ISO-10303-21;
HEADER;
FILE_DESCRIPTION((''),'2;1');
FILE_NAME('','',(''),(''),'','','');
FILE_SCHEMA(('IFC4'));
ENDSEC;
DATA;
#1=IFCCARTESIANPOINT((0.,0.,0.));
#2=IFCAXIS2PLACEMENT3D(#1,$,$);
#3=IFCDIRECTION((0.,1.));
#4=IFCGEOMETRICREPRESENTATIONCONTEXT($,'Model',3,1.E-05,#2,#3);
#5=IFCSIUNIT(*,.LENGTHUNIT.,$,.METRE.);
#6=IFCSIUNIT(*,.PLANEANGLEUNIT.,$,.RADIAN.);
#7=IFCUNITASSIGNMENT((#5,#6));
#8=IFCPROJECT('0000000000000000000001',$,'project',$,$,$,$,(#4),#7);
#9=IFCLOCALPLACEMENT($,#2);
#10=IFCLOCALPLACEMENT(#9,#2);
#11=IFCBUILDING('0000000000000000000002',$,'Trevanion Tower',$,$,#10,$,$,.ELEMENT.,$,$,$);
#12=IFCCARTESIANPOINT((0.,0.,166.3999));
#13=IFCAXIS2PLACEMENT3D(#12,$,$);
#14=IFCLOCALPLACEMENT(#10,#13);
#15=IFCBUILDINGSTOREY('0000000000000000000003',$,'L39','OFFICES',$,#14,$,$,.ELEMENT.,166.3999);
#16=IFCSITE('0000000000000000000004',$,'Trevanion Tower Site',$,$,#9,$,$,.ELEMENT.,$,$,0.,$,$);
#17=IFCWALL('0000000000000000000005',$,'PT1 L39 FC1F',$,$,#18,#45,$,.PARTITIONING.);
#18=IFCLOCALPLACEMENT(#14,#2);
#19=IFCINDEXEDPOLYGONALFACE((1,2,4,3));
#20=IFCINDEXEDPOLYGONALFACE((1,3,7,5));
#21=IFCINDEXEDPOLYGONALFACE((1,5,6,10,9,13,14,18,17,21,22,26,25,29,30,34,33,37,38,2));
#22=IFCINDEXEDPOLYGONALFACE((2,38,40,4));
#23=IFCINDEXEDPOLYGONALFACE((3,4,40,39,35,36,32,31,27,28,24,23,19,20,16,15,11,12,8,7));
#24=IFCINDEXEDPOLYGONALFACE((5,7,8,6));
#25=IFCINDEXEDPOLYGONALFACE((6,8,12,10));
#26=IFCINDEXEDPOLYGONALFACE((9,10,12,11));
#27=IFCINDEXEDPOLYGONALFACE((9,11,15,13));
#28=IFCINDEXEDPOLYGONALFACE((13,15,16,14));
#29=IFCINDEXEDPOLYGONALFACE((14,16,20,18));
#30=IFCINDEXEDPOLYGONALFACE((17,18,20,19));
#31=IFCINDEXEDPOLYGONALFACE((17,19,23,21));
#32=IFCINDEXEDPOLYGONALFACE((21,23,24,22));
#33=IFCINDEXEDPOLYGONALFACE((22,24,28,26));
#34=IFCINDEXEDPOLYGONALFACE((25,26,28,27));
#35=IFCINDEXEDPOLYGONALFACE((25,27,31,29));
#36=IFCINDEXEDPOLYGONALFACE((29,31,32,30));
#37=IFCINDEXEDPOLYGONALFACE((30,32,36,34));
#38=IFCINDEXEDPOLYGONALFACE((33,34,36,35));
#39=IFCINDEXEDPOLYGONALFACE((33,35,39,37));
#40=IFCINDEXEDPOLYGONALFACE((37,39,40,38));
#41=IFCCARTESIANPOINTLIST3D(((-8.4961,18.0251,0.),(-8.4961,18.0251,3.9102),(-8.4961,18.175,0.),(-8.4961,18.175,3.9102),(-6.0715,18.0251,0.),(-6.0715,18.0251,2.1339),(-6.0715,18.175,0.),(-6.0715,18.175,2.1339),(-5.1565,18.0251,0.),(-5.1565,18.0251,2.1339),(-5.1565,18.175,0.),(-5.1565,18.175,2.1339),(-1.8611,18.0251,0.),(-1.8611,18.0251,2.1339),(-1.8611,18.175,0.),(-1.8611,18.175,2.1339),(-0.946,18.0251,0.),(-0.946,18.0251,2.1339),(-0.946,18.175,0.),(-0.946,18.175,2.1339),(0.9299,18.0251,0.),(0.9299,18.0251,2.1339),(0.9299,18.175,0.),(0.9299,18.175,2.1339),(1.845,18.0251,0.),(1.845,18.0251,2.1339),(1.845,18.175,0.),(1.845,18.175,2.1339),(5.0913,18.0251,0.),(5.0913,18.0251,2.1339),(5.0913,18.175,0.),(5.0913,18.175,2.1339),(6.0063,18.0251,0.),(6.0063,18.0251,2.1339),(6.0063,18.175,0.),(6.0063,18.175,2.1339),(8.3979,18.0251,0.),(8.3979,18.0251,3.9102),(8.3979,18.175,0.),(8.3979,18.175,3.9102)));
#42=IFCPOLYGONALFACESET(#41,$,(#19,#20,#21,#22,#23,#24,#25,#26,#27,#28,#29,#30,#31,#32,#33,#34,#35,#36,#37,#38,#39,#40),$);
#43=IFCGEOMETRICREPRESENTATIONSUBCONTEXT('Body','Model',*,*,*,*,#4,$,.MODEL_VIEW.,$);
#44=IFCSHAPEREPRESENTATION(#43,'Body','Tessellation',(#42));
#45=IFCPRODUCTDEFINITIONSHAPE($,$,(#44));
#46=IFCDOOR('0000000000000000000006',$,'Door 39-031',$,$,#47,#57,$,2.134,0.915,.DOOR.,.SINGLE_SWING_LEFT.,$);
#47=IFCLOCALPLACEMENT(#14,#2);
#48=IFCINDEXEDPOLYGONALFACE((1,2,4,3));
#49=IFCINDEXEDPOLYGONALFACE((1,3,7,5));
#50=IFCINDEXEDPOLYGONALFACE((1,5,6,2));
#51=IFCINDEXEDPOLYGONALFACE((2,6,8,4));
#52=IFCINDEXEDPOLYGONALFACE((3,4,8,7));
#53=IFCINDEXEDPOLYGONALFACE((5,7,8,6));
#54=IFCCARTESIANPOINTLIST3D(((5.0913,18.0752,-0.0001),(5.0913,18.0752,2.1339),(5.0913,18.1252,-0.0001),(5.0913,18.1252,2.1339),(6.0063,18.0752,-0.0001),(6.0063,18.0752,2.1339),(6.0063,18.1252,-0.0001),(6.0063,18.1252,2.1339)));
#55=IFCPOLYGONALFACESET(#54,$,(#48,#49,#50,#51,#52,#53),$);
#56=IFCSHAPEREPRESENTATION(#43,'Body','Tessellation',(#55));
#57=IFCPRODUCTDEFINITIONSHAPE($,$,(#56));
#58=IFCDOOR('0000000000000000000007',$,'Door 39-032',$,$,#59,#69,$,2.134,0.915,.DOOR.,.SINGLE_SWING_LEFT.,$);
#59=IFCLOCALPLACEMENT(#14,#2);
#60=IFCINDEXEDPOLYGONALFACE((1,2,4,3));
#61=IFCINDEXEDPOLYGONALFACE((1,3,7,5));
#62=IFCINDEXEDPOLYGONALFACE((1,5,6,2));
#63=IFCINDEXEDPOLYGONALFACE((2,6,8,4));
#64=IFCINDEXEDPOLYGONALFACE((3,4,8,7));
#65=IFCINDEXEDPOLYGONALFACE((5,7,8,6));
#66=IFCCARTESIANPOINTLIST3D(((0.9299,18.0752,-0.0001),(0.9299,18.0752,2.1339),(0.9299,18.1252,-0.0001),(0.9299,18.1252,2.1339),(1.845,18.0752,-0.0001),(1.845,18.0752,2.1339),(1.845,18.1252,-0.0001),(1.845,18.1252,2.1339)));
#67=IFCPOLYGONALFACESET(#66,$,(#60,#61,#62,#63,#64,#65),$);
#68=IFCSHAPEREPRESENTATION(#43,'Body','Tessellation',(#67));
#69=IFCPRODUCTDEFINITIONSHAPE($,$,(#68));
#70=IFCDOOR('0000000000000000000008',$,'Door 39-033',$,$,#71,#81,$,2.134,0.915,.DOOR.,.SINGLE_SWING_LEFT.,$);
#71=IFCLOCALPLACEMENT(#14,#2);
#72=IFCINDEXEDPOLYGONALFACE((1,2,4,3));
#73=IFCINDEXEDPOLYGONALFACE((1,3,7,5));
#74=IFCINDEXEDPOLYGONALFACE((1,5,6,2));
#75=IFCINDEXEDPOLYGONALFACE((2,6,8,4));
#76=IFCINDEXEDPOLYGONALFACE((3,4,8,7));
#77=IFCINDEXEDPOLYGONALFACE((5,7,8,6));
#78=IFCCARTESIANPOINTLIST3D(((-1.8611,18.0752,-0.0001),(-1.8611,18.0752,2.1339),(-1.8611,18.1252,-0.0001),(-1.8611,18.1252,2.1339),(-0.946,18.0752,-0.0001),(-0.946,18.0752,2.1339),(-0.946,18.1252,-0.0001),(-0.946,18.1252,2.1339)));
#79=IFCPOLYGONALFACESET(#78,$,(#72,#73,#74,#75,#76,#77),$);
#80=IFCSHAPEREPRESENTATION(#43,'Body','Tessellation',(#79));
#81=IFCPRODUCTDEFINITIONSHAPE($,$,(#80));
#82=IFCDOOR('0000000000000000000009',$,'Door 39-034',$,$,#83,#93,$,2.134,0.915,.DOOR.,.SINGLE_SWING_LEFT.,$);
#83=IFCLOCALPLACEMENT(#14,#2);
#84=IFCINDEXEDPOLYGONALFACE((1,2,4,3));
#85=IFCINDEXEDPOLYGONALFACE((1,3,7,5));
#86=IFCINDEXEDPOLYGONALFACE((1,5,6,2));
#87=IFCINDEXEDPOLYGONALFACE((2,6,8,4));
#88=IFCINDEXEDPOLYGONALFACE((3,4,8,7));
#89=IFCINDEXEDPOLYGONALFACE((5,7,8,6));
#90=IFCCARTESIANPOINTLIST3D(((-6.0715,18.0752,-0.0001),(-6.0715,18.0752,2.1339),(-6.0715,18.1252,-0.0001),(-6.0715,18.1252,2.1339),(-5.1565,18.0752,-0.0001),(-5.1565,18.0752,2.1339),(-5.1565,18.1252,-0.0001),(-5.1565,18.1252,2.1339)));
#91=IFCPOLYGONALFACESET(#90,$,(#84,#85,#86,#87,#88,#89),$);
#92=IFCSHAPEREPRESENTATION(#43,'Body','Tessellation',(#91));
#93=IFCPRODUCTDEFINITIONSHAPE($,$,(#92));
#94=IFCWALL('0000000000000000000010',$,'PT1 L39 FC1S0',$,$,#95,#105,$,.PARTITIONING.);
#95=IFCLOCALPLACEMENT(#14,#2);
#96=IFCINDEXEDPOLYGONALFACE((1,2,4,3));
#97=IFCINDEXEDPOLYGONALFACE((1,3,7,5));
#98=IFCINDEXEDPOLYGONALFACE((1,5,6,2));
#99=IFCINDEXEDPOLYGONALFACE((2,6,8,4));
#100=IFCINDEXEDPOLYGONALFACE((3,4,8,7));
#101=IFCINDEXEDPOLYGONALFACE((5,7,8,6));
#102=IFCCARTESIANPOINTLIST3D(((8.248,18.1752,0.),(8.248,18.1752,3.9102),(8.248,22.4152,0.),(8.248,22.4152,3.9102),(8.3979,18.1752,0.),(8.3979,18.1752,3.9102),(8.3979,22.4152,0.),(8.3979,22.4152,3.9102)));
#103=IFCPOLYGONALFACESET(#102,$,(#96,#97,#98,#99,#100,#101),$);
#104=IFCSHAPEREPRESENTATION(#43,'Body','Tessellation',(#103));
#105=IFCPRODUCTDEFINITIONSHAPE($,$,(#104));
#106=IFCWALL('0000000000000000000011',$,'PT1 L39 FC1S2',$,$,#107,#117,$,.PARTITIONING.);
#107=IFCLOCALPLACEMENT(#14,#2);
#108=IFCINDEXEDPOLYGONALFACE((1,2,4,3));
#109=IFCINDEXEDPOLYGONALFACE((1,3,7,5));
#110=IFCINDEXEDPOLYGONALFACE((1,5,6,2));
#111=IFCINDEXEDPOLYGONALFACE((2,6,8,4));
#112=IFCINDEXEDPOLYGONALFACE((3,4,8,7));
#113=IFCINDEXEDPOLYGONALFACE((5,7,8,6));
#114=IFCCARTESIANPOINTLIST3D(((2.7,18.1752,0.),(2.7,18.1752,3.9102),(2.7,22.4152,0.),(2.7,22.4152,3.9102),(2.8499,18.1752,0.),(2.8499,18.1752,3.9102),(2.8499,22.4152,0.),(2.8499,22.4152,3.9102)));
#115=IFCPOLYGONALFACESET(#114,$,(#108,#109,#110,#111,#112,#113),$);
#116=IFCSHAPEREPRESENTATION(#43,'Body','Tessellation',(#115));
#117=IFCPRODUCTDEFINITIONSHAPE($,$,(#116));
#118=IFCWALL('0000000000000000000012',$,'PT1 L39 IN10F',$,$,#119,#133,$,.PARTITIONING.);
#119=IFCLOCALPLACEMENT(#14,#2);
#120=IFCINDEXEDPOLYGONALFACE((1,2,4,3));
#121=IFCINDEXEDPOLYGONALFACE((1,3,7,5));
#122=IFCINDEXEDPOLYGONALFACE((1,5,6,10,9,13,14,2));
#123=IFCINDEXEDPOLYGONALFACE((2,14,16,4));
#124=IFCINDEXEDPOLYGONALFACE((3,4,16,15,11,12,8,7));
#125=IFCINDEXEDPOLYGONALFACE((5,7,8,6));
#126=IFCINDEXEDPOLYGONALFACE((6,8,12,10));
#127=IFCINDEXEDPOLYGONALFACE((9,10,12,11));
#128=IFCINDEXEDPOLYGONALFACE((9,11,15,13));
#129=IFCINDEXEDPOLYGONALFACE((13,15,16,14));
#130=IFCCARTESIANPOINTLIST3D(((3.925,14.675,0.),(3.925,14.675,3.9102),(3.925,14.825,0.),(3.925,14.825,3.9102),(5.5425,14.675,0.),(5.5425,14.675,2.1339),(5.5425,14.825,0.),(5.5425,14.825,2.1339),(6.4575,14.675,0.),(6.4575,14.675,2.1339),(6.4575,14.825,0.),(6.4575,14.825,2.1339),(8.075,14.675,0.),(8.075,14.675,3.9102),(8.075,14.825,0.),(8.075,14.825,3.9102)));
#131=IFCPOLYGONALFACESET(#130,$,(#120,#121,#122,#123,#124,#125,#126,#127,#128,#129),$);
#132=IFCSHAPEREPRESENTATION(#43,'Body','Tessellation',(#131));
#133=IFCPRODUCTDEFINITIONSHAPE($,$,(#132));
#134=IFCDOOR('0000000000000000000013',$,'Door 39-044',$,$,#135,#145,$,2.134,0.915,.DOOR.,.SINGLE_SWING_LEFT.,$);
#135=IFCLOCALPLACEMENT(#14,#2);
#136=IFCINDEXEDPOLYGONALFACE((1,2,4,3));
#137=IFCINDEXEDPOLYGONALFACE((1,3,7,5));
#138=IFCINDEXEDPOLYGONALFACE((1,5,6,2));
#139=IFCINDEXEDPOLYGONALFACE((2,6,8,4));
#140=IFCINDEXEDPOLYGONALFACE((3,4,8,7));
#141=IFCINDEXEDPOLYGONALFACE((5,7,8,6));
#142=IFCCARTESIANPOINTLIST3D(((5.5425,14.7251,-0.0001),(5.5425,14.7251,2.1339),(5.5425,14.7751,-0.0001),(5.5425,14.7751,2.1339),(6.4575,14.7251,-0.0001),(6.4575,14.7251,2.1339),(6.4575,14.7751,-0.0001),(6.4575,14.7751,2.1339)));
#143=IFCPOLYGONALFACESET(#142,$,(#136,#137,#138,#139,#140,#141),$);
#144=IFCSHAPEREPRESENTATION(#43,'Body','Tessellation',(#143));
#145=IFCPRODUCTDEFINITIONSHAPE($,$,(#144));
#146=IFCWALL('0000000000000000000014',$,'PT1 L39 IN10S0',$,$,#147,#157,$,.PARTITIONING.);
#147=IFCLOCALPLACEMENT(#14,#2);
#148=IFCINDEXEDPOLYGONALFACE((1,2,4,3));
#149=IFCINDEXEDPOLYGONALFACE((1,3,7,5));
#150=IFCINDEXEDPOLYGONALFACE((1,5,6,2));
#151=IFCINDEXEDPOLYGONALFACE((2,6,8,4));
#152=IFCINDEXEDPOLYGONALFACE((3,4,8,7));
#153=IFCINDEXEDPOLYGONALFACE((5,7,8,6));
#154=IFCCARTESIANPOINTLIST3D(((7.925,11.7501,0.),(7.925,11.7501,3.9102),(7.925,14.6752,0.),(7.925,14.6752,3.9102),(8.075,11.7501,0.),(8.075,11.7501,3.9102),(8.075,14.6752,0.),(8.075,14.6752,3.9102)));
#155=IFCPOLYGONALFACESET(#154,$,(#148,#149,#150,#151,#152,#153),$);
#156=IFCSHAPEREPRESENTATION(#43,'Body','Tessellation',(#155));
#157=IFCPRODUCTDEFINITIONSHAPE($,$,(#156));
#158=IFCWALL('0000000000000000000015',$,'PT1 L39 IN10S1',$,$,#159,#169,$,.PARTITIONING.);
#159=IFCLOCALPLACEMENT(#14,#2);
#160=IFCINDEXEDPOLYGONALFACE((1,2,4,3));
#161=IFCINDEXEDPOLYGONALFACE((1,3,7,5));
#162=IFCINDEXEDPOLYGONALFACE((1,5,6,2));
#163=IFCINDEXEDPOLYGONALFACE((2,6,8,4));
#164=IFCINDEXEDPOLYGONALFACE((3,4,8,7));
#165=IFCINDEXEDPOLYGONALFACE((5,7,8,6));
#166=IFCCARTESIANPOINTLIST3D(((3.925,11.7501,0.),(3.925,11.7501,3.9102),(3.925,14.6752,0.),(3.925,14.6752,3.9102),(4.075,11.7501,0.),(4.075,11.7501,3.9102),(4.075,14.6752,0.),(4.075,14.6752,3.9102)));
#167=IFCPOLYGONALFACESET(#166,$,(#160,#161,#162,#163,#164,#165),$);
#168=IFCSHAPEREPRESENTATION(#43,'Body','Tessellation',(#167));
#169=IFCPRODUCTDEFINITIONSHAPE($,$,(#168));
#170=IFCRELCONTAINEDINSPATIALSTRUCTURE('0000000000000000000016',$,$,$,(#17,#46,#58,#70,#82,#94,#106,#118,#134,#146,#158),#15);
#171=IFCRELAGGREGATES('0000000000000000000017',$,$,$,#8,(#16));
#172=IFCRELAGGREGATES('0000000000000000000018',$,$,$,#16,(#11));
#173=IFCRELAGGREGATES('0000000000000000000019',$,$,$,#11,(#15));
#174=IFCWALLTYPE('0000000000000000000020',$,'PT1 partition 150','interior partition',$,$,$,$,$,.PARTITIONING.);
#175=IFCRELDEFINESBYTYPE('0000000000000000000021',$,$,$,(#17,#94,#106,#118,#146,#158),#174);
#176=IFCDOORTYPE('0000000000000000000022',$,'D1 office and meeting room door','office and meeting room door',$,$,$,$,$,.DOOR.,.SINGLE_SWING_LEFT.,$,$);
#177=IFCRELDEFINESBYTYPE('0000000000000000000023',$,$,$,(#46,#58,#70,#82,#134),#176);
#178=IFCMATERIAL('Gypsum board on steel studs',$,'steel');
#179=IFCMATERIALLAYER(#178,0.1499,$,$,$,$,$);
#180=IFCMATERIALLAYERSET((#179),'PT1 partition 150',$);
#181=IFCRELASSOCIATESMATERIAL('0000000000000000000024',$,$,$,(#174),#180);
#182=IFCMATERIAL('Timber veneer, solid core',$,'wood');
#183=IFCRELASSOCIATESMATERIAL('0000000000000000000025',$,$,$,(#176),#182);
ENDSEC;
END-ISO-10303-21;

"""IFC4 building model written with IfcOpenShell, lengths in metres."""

from ifc_helpers import new_model, si_unit, direction, frame, frame_2d, origin, place, context, subcontext, project, spatial, rectangle, extrude, material, layer, layer_set, type_object, element, fill, save


model = new_model("IFC4")

# Units and contexts
model_context = context("Model", 3, precision=1e-05, world=origin(), true_north=direction((0.0, 1.0)))
body_context = subcontext(model_context, "Body", "Model", "MODEL_VIEW")
ifc_project = project(units=[si_unit("LENGTHUNIT", "METRE"), si_unit("PLANEANGLEUNIT", "RADIAN")], contexts=[model_context])

# Site, building, storey
site_placement = place(None, origin())
site = spatial("IfcSite", under=ifc_project, at=site_placement, Name="Trevanion Tower Site", CompositionType="ELEMENT", RefElevation=0.0)
building_placement = place(site_placement, origin())
building = spatial("IfcBuilding", under=site, at=building_placement, Name="Trevanion Tower", CompositionType="ELEMENT")
storey_placement = place(building_placement, frame((0.0, 0.0, 166.3999)))
storey = spatial("IfcBuildingStorey", under=building, at=storey_placement, Name="L39", Description="OFFICES", CompositionType="ELEMENT", Elevation=166.3999)

# Shared definitions
ifc_material_1 = material(Name="Gypsum board on steel studs", Category="steel")
ifc_layer_1 = layer(ifc_material_1, 0.1499)
ifc_layer_set_1 = layer_set([ifc_layer_1], Name="PT1 partition 150")
wall_type = type_object("IfcWallType", Name="PT1 partition 150", Description="interior partition", PredefinedType="PARTITIONING", material=ifc_layer_set_1)
ifc_material_2 = material(Name="Timber veneer, solid core", Category="wood")
door_type = type_object("IfcDoorType", Name="D1 office and meeting room door", Description="office and meeting room door", OperationType="SINGLE_SWING_LEFT", PredefinedType="DOOR", material=ifc_material_2)

# Wall, openings, doors
wall_1_placement = place(storey_placement, frame((8.3979, 18.1001, 0.0), z_axis=(0.0, 0.0, 1.0), x_axis=(-1.0, 0.0, 0.0)))
wall_1 = element("IfcWall", 1, at=wall_1_placement, inside=storey, type_object=wall_type, Name="PT1 L39 FC1F", PredefinedType="PARTITIONING", context=body_context, shape_type="SweptSolid", body=[
    extrude(rectangle(XDim=16.894, YDim=0.1499, at=frame_2d((8.447, 0.0))), origin(), (0.0, 0.0, 1.0), 3.9102),
])
opening_1_placement = place(wall_1_placement, frame((2.3916, 0.0, 0.0)))
opening_1 = element("IfcOpeningElement", 2, at=opening_1_placement, cuts=wall_1, PredefinedType="OPENING", context=body_context, shape_type="SweptSolid", body=[
    extrude(rectangle(XDim=0.915, YDim=2.134, at=frame_2d((0.4575, 1.0669))), frame((0.0, 0.085, 0.0), z_axis=(0.0, -1.0, 0.0), x_axis=(1.0, 0.0, 0.0)), (0.0, 0.0, 1.0), 0.1699),
])
opening_2_placement = place(wall_1_placement, frame((6.553, 0.0, 0.0)))
opening_2 = element("IfcOpeningElement", 3, at=opening_2_placement, cuts=wall_1, PredefinedType="OPENING", context=body_context, shape_type="SweptSolid", body=[
    extrude(rectangle(XDim=0.915, YDim=2.134, at=frame_2d((0.4575, 1.0669))), frame((0.0, 0.085, 0.0), z_axis=(0.0, -1.0, 0.0), x_axis=(1.0, 0.0, 0.0)), (0.0, 0.0, 1.0), 0.1699),
])
opening_3_placement = place(wall_1_placement, frame((9.344, 0.0, 0.0)))
opening_3 = element("IfcOpeningElement", 4, at=opening_3_placement, cuts=wall_1, PredefinedType="OPENING", context=body_context, shape_type="SweptSolid", body=[
    extrude(rectangle(XDim=0.915, YDim=2.134, at=frame_2d((0.4575, 1.0669))), frame((0.0, 0.085, 0.0), z_axis=(0.0, -1.0, 0.0), x_axis=(1.0, 0.0, 0.0)), (0.0, 0.0, 1.0), 0.1699),
])
opening_4_placement = place(wall_1_placement, frame((13.5544, 0.0, 0.0)))
opening_4 = element("IfcOpeningElement", 5, at=opening_4_placement, cuts=wall_1, PredefinedType="OPENING", context=body_context, shape_type="SweptSolid", body=[
    extrude(rectangle(XDim=0.915, YDim=2.134, at=frame_2d((0.4575, 1.0669))), frame((0.0, 0.085, 0.0), z_axis=(0.0, -1.0, 0.0), x_axis=(1.0, 0.0, 0.0)), (0.0, 0.0, 1.0), 0.1699),
])
door_1_placement = place(opening_1_placement, origin())
door_1 = element("IfcDoor", 6, at=door_1_placement, inside=storey, type_object=door_type, Name="Door 39-031", OperationType="SINGLE_SWING_LEFT", OverallHeight=2.134, OverallWidth=0.915, PredefinedType="DOOR", context=body_context, shape_type="SweptSolid", body=[
    extrude(rectangle(XDim=0.915, YDim=2.134, at=frame_2d((0.4575, 1.0669))), frame((0.0, 0.0249, 0.0), z_axis=(0.0, -1.0, 0.0), x_axis=(1.0, 0.0, 0.0)), (0.0, 0.0, 1.0), 0.05),
])
fill(opening_1, door_1)
door_2_placement = place(opening_2_placement, origin())
door_2 = element("IfcDoor", 7, at=door_2_placement, inside=storey, type_object=door_type, Name="Door 39-032", OperationType="SINGLE_SWING_LEFT", OverallHeight=2.134, OverallWidth=0.915, PredefinedType="DOOR", context=body_context, shape_type="SweptSolid", body=[
    extrude(rectangle(XDim=0.915, YDim=2.134, at=frame_2d((0.4575, 1.0669))), frame((0.0, 0.0249, 0.0), z_axis=(0.0, -1.0, 0.0), x_axis=(1.0, 0.0, 0.0)), (0.0, 0.0, 1.0), 0.05),
])
fill(opening_2, door_2)
door_3_placement = place(opening_3_placement, origin())
door_3 = element("IfcDoor", 8, at=door_3_placement, inside=storey, type_object=door_type, Name="Door 39-033", OperationType="SINGLE_SWING_LEFT", OverallHeight=2.134, OverallWidth=0.915, PredefinedType="DOOR", context=body_context, shape_type="SweptSolid", body=[
    extrude(rectangle(XDim=0.915, YDim=2.134, at=frame_2d((0.4575, 1.0669))), frame((0.0, 0.0249, 0.0), z_axis=(0.0, -1.0, 0.0), x_axis=(1.0, 0.0, 0.0)), (0.0, 0.0, 1.0), 0.05),
])
fill(opening_3, door_3)
door_4_placement = place(opening_4_placement, origin())
door_4 = element("IfcDoor", 9, at=door_4_placement, inside=storey, type_object=door_type, Name="Door 39-034", OperationType="SINGLE_SWING_LEFT", OverallHeight=2.134, OverallWidth=0.915, PredefinedType="DOOR", context=body_context, shape_type="SweptSolid", body=[
    extrude(rectangle(XDim=0.915, YDim=2.134, at=frame_2d((0.4575, 1.0669))), frame((0.0, 0.0249, 0.0), z_axis=(0.0, -1.0, 0.0), x_axis=(1.0, 0.0, 0.0)), (0.0, 0.0, 1.0), 0.05),
])
fill(opening_4, door_4)

# Walls
for number, where, z_axis, x_axis, name in (
    (10, (8.323, 18.175, 0.0), (0.0, 0.0, 1.0), (0.0, 1.0, 0.0), "PT1 L39 FC1S0"),
    (11, (2.7749, 18.175, 0.0), (0.0, 0.0, 1.0), (0.0, 1.0, 0.0), "PT1 L39 FC1S2"),
):
    element("IfcWall", number, at=place(storey_placement, frame(where, z_axis=z_axis, x_axis=x_axis)), inside=storey, type_object=wall_type, Name=name, PredefinedType="PARTITIONING", context=body_context, shape_type="SweptSolid", body=[
        extrude(rectangle(XDim=4.24, YDim=0.1499, at=frame_2d((2.1201, 0.0))), origin(), (0.0, 0.0, 1.0), 3.9102),
    ])

# Wall, opening, door
wall_2_placement = place(storey_placement, frame((8.075, 14.75, 0.0), z_axis=(0.0, 0.0, 1.0), x_axis=(-1.0, 0.0, 0.0)))
wall_2 = element("IfcWall", 12, at=wall_2_placement, inside=storey, type_object=wall_type, Name="PT1 L39 IN10F", PredefinedType="PARTITIONING", context=body_context, shape_type="SweptSolid", body=[
    extrude(rectangle(XDim=4.1499, YDim=0.1499, at=frame_2d((2.075, 0.0))), origin(), (0.0, 0.0, 1.0), 3.9102),
])
opening_5_placement = place(wall_2_placement, frame((1.6174, 0.0, 0.0)))
opening_5 = element("IfcOpeningElement", 13, at=opening_5_placement, cuts=wall_2, PredefinedType="OPENING", context=body_context, shape_type="SweptSolid", body=[
    extrude(rectangle(XDim=0.915, YDim=2.134, at=frame_2d((0.4575, 1.0669))), frame((0.0, 0.085, 0.0), z_axis=(0.0, -1.0, 0.0), x_axis=(1.0, 0.0, 0.0)), (0.0, 0.0, 1.0), 0.1699),
])
door_5_placement = place(opening_5_placement, origin())
door_5 = element("IfcDoor", 14, at=door_5_placement, inside=storey, type_object=door_type, Name="Door 39-044", OperationType="SINGLE_SWING_LEFT", OverallHeight=2.134, OverallWidth=0.915, PredefinedType="DOOR", context=body_context, shape_type="SweptSolid", body=[
    extrude(rectangle(XDim=0.915, YDim=2.134, at=frame_2d((0.4575, 1.0669))), frame((0.0, 0.0249, 0.0), z_axis=(0.0, -1.0, 0.0), x_axis=(1.0, 0.0, 0.0)), (0.0, 0.0, 1.0), 0.05),
])
fill(opening_5, door_5)

# Walls
for number, where, z_axis, x_axis, name in (
    (15, (8.0, 14.675, 0.0), (0.0, 0.0, 1.0), (0.0, -1.0, 0.0), "PT1 L39 IN10S0"),
    (16, (4.0, 14.675, 0.0), (0.0, 0.0, 1.0), (0.0, -1.0, 0.0), "PT1 L39 IN10S1"),
):
    element("IfcWall", number, at=place(storey_placement, frame(where, z_axis=z_axis, x_axis=x_axis)), inside=storey, type_object=wall_type, Name=name, PredefinedType="PARTITIONING", context=body_context, shape_type="SweptSolid", body=[
        extrude(rectangle(XDim=2.925, YDim=0.1499, at=frame_2d((1.4624, 0.0))), origin(), (0.0, 0.0, 1.0), 3.9102),
    ])

save(model, "model.ifc")
